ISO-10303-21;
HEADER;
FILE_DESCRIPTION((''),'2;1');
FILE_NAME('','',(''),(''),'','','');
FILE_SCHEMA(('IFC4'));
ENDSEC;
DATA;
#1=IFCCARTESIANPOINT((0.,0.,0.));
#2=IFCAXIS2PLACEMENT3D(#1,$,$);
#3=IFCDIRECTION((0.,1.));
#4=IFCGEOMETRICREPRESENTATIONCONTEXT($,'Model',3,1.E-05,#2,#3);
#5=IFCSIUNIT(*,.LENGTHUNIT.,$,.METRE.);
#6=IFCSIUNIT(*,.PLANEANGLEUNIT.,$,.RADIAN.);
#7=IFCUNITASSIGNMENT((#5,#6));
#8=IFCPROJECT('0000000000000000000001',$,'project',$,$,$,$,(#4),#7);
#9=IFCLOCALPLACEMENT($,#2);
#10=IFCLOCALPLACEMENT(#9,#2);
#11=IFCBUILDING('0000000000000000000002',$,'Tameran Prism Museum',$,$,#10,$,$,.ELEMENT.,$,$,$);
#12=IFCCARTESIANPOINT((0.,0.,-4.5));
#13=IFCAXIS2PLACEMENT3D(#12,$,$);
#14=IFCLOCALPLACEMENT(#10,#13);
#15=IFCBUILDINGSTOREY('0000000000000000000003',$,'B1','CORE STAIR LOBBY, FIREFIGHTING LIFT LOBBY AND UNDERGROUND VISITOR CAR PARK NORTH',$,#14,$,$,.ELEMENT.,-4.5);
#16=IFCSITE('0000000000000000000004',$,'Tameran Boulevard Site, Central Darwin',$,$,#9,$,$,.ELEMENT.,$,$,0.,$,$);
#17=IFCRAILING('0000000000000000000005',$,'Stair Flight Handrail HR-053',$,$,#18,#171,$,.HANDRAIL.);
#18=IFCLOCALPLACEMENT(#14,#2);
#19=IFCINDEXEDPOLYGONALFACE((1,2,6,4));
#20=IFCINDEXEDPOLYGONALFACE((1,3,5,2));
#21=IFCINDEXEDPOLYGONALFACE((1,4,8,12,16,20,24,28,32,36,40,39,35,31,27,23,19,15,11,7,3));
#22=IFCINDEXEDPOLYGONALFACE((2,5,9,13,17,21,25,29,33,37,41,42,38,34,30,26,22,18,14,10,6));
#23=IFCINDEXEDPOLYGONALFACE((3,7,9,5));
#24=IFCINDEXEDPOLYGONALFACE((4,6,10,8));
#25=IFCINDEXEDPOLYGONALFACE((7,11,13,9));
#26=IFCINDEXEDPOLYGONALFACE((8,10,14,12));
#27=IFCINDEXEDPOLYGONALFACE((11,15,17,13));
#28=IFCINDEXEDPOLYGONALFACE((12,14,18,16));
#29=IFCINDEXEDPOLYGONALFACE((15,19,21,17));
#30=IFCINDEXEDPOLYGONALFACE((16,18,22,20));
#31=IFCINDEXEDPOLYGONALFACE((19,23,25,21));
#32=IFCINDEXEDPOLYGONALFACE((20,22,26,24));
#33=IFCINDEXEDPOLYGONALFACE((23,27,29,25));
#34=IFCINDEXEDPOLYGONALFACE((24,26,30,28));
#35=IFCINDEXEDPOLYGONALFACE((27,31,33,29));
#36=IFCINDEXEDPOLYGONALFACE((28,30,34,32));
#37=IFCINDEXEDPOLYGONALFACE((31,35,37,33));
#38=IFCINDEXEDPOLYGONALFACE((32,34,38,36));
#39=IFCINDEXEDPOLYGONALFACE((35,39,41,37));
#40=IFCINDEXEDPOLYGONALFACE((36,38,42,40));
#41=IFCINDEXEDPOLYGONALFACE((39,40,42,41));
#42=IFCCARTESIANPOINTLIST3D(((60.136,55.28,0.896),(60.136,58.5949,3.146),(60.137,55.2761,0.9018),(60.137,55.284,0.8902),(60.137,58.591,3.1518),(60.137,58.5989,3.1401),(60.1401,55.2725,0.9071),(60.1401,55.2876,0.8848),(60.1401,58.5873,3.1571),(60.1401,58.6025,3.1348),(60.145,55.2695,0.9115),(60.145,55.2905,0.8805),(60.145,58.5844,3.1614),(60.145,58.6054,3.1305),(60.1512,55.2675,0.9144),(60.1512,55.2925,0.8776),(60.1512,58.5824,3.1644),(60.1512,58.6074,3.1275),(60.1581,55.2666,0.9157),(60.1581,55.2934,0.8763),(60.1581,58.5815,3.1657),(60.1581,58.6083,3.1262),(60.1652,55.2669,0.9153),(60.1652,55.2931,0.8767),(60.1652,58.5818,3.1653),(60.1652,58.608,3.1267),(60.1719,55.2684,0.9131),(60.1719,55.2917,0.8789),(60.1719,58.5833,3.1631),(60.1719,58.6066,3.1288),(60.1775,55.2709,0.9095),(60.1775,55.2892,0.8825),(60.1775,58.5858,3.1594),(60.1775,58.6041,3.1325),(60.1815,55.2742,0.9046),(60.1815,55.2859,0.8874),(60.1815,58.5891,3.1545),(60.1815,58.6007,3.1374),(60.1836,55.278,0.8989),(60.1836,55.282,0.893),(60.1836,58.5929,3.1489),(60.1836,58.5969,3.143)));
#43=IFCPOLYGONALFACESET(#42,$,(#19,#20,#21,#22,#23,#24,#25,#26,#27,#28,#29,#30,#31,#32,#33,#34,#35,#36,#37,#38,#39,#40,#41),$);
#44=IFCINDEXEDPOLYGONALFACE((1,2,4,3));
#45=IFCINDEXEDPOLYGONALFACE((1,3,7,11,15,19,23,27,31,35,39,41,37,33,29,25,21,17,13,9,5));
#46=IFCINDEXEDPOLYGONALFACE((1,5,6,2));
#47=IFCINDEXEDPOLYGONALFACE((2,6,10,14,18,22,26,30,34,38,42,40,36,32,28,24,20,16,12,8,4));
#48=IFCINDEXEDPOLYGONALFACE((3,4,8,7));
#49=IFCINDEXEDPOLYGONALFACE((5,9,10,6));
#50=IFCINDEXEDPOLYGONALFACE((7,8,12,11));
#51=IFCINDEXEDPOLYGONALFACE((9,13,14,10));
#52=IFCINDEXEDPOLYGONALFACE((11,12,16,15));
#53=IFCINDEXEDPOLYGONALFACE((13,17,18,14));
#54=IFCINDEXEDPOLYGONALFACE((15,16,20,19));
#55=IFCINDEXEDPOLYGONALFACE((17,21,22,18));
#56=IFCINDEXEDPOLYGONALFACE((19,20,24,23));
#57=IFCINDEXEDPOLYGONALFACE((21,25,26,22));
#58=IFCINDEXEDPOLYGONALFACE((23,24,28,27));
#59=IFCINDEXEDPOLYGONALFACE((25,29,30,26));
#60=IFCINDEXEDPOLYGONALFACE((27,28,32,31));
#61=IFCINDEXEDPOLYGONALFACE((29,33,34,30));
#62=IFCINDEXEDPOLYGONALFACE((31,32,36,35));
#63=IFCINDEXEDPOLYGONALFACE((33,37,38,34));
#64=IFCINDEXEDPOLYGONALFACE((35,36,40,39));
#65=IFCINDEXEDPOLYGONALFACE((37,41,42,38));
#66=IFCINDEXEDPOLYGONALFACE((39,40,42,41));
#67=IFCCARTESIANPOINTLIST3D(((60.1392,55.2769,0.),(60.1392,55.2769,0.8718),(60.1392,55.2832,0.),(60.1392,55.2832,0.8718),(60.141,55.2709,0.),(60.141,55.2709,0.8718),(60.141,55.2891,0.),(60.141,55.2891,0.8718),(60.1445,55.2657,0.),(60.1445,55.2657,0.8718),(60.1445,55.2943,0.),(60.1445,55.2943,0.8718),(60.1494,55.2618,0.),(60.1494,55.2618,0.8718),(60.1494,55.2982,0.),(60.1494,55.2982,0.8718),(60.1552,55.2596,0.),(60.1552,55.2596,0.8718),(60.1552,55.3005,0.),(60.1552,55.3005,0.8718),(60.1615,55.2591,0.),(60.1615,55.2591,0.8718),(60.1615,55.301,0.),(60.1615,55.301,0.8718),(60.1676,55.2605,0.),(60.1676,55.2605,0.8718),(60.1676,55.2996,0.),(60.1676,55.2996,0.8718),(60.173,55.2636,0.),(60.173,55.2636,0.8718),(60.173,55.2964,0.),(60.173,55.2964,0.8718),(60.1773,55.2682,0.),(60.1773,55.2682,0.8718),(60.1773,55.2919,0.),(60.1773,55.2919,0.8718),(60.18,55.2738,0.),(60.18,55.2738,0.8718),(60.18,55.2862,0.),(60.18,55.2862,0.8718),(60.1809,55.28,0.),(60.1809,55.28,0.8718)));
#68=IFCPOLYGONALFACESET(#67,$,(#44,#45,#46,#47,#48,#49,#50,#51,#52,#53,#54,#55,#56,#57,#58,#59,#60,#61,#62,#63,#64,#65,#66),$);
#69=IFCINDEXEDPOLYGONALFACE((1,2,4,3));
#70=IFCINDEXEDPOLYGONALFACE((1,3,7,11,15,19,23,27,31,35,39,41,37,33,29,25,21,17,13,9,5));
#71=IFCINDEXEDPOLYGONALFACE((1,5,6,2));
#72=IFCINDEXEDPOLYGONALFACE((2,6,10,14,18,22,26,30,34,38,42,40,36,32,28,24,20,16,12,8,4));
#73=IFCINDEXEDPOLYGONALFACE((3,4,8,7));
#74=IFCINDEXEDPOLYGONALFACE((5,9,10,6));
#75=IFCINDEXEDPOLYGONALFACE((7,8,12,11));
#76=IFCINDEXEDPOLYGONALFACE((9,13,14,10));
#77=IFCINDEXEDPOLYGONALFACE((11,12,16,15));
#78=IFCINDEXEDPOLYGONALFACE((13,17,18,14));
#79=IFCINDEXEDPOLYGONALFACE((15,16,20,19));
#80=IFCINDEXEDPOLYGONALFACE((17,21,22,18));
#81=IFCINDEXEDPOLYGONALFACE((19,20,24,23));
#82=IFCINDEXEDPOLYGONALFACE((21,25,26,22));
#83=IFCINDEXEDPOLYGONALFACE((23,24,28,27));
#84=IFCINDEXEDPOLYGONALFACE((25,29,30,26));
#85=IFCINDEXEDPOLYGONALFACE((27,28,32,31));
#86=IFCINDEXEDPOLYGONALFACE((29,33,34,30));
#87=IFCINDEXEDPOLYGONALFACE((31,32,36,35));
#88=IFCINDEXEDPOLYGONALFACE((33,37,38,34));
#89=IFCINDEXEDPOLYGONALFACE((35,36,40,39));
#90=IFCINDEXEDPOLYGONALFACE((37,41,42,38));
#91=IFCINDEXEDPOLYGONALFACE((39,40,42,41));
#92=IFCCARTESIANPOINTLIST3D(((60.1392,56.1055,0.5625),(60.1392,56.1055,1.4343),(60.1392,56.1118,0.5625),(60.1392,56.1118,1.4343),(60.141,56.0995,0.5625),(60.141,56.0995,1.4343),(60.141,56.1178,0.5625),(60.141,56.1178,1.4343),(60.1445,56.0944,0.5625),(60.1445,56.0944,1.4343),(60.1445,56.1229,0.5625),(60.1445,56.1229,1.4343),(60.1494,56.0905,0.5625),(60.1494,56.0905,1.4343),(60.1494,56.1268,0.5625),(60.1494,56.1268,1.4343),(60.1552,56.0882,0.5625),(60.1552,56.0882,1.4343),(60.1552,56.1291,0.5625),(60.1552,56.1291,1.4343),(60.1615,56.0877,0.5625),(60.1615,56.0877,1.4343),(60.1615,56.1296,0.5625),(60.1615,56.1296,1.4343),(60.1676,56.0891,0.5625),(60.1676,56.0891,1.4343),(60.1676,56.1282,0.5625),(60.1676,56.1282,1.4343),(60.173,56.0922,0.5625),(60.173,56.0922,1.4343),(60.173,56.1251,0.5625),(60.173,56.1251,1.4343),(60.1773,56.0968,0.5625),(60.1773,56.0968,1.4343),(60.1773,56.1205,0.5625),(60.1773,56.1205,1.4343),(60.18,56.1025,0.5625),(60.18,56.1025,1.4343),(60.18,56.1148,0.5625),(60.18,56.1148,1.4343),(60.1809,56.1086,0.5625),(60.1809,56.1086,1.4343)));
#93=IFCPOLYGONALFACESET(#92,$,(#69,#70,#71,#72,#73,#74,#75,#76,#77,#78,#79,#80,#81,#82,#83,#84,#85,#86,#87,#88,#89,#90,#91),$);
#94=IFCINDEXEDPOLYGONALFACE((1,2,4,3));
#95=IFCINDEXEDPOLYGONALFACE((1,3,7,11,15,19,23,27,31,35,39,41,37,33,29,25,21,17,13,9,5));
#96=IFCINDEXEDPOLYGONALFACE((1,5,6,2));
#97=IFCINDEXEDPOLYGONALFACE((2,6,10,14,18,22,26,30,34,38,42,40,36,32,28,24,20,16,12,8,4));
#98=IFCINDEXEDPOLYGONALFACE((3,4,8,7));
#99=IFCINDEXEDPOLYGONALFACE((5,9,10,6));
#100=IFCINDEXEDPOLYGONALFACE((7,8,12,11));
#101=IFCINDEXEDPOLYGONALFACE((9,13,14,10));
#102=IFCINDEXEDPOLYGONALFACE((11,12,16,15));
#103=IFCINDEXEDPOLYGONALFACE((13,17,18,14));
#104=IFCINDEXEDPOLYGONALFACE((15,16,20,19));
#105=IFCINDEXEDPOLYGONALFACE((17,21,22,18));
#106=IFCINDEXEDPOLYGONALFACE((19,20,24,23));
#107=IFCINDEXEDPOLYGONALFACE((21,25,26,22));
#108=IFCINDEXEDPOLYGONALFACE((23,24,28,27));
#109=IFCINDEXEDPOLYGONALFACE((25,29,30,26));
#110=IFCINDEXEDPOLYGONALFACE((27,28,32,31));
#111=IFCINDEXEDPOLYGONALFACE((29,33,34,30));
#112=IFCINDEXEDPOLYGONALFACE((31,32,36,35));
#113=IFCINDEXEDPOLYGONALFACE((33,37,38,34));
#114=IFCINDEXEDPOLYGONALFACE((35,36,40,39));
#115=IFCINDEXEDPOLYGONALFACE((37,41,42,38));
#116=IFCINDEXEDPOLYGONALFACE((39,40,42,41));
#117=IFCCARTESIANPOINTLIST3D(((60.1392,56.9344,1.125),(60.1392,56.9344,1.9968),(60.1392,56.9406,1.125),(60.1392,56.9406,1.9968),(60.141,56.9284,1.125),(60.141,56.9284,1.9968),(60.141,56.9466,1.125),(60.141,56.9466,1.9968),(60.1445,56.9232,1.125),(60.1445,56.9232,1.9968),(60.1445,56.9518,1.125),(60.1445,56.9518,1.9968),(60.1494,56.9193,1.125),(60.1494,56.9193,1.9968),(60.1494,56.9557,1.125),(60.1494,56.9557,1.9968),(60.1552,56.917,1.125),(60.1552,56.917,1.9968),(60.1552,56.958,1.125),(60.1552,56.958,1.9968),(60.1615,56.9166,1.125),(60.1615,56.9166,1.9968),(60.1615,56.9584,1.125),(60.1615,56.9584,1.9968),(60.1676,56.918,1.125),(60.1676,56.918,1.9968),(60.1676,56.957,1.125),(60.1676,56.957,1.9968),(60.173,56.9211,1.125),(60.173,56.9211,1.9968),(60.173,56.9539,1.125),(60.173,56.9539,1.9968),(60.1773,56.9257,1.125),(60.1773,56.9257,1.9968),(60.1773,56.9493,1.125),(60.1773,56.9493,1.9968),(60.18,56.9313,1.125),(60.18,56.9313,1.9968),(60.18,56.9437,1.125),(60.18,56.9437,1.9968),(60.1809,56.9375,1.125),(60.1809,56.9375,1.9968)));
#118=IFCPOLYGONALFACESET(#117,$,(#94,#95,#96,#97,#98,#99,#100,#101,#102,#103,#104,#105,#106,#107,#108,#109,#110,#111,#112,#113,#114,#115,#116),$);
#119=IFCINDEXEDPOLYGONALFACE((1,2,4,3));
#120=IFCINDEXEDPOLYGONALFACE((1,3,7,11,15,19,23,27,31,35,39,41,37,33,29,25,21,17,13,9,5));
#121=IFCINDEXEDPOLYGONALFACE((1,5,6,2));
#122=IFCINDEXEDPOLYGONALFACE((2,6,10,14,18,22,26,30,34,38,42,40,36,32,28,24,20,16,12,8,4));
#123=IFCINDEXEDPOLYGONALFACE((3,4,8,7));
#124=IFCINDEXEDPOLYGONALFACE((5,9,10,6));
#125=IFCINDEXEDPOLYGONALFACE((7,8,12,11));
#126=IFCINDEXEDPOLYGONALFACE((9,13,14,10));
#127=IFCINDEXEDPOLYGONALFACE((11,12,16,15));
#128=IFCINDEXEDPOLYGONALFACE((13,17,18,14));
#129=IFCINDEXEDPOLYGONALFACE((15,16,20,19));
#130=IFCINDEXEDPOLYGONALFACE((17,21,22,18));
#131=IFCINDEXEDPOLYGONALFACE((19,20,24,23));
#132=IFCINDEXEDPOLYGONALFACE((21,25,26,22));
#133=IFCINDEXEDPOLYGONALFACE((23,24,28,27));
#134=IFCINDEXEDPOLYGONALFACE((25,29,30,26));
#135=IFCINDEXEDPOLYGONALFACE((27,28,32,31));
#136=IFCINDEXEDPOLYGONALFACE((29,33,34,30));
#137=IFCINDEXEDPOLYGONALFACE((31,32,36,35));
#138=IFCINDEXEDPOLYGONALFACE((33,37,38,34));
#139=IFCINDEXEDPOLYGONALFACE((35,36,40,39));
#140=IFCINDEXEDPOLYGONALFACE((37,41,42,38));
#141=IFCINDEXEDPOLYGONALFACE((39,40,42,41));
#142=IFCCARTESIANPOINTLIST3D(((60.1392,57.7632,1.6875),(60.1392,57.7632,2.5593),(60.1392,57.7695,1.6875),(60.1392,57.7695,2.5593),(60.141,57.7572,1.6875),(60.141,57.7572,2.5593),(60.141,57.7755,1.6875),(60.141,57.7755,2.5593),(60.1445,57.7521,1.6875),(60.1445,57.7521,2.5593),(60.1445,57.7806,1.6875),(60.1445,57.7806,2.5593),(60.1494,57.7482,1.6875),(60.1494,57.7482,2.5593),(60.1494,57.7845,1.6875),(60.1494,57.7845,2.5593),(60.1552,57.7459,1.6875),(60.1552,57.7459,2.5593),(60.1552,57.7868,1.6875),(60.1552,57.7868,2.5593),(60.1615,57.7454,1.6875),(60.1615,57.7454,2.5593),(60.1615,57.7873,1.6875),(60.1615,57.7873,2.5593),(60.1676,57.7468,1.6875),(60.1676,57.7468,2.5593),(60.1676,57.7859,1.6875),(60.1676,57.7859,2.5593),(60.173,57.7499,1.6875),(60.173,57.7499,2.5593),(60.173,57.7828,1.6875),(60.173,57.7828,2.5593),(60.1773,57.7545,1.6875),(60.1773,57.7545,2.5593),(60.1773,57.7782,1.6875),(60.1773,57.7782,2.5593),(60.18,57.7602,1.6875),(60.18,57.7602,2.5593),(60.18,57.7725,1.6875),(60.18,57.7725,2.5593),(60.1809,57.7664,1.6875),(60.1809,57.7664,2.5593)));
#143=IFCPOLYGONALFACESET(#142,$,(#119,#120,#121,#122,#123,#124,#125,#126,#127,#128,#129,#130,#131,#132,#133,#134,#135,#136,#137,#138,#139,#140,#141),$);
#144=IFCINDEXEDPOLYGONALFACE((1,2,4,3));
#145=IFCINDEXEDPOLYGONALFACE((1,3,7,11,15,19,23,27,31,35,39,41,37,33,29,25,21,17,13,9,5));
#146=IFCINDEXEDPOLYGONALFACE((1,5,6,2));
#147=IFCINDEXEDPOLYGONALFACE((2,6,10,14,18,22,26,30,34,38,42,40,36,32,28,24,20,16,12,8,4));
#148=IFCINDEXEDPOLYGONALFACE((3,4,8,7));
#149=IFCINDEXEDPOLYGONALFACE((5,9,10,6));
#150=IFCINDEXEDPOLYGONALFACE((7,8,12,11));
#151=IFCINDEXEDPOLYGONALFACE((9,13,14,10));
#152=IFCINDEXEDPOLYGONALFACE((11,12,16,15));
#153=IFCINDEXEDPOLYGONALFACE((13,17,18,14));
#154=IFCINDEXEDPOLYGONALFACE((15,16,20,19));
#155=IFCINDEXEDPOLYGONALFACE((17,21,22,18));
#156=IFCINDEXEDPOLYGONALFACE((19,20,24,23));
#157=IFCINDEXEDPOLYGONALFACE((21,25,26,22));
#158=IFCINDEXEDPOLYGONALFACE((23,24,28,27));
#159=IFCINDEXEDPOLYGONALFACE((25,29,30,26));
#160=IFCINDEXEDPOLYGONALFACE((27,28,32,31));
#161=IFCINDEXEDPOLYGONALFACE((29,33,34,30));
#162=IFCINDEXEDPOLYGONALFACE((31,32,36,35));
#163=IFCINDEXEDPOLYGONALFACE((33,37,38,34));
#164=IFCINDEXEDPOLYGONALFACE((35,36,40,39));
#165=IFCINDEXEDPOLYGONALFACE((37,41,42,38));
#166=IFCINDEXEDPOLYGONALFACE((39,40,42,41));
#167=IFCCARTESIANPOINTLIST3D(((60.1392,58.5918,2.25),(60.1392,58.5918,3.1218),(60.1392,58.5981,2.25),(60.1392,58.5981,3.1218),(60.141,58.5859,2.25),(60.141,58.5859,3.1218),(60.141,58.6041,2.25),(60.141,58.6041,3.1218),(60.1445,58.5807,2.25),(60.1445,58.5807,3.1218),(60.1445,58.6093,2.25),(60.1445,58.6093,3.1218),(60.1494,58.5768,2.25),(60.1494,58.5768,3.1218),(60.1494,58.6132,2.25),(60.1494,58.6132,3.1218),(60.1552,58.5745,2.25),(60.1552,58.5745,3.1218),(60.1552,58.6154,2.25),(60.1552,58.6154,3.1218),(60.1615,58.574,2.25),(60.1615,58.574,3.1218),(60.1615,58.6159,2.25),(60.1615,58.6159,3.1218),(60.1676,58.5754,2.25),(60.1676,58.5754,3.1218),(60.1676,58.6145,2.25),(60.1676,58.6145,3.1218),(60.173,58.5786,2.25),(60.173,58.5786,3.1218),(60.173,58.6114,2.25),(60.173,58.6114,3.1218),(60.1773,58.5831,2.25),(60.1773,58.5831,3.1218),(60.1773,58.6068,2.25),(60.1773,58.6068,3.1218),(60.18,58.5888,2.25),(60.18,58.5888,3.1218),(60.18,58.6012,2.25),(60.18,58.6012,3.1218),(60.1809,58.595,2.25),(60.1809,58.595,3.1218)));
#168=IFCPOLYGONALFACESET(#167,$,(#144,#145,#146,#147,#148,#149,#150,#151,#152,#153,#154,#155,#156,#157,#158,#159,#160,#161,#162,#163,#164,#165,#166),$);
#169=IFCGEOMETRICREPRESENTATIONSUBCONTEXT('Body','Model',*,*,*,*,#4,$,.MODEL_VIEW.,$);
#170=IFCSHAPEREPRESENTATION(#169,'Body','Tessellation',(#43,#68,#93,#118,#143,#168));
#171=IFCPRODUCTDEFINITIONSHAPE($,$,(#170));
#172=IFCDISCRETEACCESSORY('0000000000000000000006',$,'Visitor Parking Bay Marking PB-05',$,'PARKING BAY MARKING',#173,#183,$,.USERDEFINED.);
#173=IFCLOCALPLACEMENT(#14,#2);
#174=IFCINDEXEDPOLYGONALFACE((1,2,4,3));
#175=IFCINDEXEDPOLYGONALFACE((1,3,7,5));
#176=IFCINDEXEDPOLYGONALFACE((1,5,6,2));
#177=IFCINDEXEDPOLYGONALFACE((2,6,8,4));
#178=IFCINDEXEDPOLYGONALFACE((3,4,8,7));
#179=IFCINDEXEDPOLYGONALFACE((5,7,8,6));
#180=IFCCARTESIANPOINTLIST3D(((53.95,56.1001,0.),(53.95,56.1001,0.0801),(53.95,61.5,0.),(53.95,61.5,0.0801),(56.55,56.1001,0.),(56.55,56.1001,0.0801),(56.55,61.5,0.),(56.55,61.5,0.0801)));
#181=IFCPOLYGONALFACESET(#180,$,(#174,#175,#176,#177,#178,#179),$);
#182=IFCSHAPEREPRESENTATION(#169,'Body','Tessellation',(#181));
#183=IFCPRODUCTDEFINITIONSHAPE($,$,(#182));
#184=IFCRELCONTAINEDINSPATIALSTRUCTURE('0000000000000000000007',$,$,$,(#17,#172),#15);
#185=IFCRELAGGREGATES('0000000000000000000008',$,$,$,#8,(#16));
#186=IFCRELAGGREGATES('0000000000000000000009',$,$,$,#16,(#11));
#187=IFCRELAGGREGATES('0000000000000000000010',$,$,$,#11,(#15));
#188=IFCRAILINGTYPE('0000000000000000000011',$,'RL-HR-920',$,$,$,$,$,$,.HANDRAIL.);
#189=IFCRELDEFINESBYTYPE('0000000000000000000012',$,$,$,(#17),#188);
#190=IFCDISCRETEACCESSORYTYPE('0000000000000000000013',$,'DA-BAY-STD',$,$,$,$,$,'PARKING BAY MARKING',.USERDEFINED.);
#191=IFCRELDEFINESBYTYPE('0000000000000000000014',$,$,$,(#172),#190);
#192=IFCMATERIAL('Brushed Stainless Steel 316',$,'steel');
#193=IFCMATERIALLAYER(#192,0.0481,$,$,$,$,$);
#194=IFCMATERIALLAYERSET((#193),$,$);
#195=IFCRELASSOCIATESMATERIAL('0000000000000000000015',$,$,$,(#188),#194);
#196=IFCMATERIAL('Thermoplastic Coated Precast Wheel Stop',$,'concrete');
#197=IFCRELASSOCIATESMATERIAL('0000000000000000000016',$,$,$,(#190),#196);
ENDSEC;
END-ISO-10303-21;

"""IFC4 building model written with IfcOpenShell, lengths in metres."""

from ifc_helpers import new_model, si_unit, direction, frame, origin, origin_2d, place, context, subcontext, project, spatial, rectangle, circle, extrude, material, layer, layer_set, type_object, element, save


model = new_model("IFC4")

# Units and contexts
model_context = context("Model", 3, precision=1e-05, world=origin(), true_north=direction((0.0, 1.0)))
body_context = subcontext(model_context, "Body", "Model", "MODEL_VIEW")
ifc_project = project(units=[si_unit("LENGTHUNIT", "METRE"), si_unit("PLANEANGLEUNIT", "RADIAN")], contexts=[model_context])

# Site, building, storey
site_placement = place(None, origin())
site = spatial("IfcSite", under=ifc_project, at=site_placement, Name="Tameran Boulevard Site, Central Darwin", CompositionType="ELEMENT", RefElevation=0.0)
building_placement = place(site_placement, origin())
building = spatial("IfcBuilding", under=site, at=building_placement, Name="Tameran Prism Museum", CompositionType="ELEMENT")
storey_placement = place(building_placement, frame((0.0, 0.0, -4.5)))
storey = spatial("IfcBuildingStorey", under=building, at=storey_placement, Name="B1", Description="CORE STAIR LOBBY, FIREFIGHTING LIFT LOBBY AND UNDERGROUND VISITOR CAR PARK NORTH", CompositionType="ELEMENT", Elevation=-4.5)

# Railing
ifc_material_1 = material(Name="Brushed Stainless Steel 316", Category="steel")
ifc_layer_1 = layer(ifc_material_1, 0.0481)
ifc_layer_set_1 = layer_set([ifc_layer_1])
railing_type_1 = type_object("IfcRailingType", Name="RL-HR-920", PredefinedType="HANDRAIL", material=ifc_layer_set_1)
railing_1_placement = place(storey_placement, frame((60.1599, 55.28, 0.0)))
element("IfcRailing", 1, at=railing_1_placement, inside=storey, type_object=railing_type_1, Name="Stair Flight Handrail HR-053", PredefinedType="HANDRAIL", context=body_context, shape_type="SweptSolid", body=[
    extrude(circle(Radius=0.0239, at=origin_2d()), frame((0.0, 0.0, 0.896), z_axis=(0.0, 0.827409, 0.5616), x_axis=(-1.0, 0.0, 0.0)), (0.0, 0.0, 1.0), 4.0063),
    extrude(circle(Radius=0.021, at=origin_2d()), origin(), (0.0, 0.0, 1.0), 0.8718),
    extrude(circle(Radius=0.021, at=origin_2d()), frame((0.0, 0.8286, 0.5625)), (0.0, 0.0, 1.0), 0.8718),
    extrude(circle(Radius=0.021, at=origin_2d()), frame((0.0, 1.6575, 1.125)), (0.0, 0.0, 1.0), 0.8718),
    extrude(circle(Radius=0.021, at=origin_2d()), frame((0.0, 2.4863, 1.6875)), (0.0, 0.0, 1.0), 0.8718),
    extrude(circle(Radius=0.021, at=origin_2d()), frame((0.0, 3.3149, 2.25)), (0.0, 0.0, 1.0), 0.8718),
])

# Discrete accessory
ifc_material_2 = material(Name="Thermoplastic Coated Precast Wheel Stop", Category="concrete")
discrete_accessory_type = type_object("IfcDiscreteAccessoryType", Name="DA-BAY-STD", ElementType="PARKING BAY MARKING", PredefinedType="USERDEFINED", material=ifc_material_2)
discrete_accessory_placement = place(storey_placement, frame((55.25, 58.8, 0.0), z_axis=(0.0, 0.0, 1.0), x_axis=(1.0, 0.0, 0.0)))
element("IfcDiscreteAccessory", 2, at=discrete_accessory_placement, inside=storey, type_object=discrete_accessory_type, Name="Visitor Parking Bay Marking PB-05", ObjectType="PARKING BAY MARKING", PredefinedType="USERDEFINED", context=body_context, shape_type="SweptSolid", body=[
    extrude(rectangle(XDim=2.6001, YDim=5.3999, at=origin_2d()), origin(), (0.0, 0.0, 1.0), 0.0801),
])

save(model, "model.ifc")
